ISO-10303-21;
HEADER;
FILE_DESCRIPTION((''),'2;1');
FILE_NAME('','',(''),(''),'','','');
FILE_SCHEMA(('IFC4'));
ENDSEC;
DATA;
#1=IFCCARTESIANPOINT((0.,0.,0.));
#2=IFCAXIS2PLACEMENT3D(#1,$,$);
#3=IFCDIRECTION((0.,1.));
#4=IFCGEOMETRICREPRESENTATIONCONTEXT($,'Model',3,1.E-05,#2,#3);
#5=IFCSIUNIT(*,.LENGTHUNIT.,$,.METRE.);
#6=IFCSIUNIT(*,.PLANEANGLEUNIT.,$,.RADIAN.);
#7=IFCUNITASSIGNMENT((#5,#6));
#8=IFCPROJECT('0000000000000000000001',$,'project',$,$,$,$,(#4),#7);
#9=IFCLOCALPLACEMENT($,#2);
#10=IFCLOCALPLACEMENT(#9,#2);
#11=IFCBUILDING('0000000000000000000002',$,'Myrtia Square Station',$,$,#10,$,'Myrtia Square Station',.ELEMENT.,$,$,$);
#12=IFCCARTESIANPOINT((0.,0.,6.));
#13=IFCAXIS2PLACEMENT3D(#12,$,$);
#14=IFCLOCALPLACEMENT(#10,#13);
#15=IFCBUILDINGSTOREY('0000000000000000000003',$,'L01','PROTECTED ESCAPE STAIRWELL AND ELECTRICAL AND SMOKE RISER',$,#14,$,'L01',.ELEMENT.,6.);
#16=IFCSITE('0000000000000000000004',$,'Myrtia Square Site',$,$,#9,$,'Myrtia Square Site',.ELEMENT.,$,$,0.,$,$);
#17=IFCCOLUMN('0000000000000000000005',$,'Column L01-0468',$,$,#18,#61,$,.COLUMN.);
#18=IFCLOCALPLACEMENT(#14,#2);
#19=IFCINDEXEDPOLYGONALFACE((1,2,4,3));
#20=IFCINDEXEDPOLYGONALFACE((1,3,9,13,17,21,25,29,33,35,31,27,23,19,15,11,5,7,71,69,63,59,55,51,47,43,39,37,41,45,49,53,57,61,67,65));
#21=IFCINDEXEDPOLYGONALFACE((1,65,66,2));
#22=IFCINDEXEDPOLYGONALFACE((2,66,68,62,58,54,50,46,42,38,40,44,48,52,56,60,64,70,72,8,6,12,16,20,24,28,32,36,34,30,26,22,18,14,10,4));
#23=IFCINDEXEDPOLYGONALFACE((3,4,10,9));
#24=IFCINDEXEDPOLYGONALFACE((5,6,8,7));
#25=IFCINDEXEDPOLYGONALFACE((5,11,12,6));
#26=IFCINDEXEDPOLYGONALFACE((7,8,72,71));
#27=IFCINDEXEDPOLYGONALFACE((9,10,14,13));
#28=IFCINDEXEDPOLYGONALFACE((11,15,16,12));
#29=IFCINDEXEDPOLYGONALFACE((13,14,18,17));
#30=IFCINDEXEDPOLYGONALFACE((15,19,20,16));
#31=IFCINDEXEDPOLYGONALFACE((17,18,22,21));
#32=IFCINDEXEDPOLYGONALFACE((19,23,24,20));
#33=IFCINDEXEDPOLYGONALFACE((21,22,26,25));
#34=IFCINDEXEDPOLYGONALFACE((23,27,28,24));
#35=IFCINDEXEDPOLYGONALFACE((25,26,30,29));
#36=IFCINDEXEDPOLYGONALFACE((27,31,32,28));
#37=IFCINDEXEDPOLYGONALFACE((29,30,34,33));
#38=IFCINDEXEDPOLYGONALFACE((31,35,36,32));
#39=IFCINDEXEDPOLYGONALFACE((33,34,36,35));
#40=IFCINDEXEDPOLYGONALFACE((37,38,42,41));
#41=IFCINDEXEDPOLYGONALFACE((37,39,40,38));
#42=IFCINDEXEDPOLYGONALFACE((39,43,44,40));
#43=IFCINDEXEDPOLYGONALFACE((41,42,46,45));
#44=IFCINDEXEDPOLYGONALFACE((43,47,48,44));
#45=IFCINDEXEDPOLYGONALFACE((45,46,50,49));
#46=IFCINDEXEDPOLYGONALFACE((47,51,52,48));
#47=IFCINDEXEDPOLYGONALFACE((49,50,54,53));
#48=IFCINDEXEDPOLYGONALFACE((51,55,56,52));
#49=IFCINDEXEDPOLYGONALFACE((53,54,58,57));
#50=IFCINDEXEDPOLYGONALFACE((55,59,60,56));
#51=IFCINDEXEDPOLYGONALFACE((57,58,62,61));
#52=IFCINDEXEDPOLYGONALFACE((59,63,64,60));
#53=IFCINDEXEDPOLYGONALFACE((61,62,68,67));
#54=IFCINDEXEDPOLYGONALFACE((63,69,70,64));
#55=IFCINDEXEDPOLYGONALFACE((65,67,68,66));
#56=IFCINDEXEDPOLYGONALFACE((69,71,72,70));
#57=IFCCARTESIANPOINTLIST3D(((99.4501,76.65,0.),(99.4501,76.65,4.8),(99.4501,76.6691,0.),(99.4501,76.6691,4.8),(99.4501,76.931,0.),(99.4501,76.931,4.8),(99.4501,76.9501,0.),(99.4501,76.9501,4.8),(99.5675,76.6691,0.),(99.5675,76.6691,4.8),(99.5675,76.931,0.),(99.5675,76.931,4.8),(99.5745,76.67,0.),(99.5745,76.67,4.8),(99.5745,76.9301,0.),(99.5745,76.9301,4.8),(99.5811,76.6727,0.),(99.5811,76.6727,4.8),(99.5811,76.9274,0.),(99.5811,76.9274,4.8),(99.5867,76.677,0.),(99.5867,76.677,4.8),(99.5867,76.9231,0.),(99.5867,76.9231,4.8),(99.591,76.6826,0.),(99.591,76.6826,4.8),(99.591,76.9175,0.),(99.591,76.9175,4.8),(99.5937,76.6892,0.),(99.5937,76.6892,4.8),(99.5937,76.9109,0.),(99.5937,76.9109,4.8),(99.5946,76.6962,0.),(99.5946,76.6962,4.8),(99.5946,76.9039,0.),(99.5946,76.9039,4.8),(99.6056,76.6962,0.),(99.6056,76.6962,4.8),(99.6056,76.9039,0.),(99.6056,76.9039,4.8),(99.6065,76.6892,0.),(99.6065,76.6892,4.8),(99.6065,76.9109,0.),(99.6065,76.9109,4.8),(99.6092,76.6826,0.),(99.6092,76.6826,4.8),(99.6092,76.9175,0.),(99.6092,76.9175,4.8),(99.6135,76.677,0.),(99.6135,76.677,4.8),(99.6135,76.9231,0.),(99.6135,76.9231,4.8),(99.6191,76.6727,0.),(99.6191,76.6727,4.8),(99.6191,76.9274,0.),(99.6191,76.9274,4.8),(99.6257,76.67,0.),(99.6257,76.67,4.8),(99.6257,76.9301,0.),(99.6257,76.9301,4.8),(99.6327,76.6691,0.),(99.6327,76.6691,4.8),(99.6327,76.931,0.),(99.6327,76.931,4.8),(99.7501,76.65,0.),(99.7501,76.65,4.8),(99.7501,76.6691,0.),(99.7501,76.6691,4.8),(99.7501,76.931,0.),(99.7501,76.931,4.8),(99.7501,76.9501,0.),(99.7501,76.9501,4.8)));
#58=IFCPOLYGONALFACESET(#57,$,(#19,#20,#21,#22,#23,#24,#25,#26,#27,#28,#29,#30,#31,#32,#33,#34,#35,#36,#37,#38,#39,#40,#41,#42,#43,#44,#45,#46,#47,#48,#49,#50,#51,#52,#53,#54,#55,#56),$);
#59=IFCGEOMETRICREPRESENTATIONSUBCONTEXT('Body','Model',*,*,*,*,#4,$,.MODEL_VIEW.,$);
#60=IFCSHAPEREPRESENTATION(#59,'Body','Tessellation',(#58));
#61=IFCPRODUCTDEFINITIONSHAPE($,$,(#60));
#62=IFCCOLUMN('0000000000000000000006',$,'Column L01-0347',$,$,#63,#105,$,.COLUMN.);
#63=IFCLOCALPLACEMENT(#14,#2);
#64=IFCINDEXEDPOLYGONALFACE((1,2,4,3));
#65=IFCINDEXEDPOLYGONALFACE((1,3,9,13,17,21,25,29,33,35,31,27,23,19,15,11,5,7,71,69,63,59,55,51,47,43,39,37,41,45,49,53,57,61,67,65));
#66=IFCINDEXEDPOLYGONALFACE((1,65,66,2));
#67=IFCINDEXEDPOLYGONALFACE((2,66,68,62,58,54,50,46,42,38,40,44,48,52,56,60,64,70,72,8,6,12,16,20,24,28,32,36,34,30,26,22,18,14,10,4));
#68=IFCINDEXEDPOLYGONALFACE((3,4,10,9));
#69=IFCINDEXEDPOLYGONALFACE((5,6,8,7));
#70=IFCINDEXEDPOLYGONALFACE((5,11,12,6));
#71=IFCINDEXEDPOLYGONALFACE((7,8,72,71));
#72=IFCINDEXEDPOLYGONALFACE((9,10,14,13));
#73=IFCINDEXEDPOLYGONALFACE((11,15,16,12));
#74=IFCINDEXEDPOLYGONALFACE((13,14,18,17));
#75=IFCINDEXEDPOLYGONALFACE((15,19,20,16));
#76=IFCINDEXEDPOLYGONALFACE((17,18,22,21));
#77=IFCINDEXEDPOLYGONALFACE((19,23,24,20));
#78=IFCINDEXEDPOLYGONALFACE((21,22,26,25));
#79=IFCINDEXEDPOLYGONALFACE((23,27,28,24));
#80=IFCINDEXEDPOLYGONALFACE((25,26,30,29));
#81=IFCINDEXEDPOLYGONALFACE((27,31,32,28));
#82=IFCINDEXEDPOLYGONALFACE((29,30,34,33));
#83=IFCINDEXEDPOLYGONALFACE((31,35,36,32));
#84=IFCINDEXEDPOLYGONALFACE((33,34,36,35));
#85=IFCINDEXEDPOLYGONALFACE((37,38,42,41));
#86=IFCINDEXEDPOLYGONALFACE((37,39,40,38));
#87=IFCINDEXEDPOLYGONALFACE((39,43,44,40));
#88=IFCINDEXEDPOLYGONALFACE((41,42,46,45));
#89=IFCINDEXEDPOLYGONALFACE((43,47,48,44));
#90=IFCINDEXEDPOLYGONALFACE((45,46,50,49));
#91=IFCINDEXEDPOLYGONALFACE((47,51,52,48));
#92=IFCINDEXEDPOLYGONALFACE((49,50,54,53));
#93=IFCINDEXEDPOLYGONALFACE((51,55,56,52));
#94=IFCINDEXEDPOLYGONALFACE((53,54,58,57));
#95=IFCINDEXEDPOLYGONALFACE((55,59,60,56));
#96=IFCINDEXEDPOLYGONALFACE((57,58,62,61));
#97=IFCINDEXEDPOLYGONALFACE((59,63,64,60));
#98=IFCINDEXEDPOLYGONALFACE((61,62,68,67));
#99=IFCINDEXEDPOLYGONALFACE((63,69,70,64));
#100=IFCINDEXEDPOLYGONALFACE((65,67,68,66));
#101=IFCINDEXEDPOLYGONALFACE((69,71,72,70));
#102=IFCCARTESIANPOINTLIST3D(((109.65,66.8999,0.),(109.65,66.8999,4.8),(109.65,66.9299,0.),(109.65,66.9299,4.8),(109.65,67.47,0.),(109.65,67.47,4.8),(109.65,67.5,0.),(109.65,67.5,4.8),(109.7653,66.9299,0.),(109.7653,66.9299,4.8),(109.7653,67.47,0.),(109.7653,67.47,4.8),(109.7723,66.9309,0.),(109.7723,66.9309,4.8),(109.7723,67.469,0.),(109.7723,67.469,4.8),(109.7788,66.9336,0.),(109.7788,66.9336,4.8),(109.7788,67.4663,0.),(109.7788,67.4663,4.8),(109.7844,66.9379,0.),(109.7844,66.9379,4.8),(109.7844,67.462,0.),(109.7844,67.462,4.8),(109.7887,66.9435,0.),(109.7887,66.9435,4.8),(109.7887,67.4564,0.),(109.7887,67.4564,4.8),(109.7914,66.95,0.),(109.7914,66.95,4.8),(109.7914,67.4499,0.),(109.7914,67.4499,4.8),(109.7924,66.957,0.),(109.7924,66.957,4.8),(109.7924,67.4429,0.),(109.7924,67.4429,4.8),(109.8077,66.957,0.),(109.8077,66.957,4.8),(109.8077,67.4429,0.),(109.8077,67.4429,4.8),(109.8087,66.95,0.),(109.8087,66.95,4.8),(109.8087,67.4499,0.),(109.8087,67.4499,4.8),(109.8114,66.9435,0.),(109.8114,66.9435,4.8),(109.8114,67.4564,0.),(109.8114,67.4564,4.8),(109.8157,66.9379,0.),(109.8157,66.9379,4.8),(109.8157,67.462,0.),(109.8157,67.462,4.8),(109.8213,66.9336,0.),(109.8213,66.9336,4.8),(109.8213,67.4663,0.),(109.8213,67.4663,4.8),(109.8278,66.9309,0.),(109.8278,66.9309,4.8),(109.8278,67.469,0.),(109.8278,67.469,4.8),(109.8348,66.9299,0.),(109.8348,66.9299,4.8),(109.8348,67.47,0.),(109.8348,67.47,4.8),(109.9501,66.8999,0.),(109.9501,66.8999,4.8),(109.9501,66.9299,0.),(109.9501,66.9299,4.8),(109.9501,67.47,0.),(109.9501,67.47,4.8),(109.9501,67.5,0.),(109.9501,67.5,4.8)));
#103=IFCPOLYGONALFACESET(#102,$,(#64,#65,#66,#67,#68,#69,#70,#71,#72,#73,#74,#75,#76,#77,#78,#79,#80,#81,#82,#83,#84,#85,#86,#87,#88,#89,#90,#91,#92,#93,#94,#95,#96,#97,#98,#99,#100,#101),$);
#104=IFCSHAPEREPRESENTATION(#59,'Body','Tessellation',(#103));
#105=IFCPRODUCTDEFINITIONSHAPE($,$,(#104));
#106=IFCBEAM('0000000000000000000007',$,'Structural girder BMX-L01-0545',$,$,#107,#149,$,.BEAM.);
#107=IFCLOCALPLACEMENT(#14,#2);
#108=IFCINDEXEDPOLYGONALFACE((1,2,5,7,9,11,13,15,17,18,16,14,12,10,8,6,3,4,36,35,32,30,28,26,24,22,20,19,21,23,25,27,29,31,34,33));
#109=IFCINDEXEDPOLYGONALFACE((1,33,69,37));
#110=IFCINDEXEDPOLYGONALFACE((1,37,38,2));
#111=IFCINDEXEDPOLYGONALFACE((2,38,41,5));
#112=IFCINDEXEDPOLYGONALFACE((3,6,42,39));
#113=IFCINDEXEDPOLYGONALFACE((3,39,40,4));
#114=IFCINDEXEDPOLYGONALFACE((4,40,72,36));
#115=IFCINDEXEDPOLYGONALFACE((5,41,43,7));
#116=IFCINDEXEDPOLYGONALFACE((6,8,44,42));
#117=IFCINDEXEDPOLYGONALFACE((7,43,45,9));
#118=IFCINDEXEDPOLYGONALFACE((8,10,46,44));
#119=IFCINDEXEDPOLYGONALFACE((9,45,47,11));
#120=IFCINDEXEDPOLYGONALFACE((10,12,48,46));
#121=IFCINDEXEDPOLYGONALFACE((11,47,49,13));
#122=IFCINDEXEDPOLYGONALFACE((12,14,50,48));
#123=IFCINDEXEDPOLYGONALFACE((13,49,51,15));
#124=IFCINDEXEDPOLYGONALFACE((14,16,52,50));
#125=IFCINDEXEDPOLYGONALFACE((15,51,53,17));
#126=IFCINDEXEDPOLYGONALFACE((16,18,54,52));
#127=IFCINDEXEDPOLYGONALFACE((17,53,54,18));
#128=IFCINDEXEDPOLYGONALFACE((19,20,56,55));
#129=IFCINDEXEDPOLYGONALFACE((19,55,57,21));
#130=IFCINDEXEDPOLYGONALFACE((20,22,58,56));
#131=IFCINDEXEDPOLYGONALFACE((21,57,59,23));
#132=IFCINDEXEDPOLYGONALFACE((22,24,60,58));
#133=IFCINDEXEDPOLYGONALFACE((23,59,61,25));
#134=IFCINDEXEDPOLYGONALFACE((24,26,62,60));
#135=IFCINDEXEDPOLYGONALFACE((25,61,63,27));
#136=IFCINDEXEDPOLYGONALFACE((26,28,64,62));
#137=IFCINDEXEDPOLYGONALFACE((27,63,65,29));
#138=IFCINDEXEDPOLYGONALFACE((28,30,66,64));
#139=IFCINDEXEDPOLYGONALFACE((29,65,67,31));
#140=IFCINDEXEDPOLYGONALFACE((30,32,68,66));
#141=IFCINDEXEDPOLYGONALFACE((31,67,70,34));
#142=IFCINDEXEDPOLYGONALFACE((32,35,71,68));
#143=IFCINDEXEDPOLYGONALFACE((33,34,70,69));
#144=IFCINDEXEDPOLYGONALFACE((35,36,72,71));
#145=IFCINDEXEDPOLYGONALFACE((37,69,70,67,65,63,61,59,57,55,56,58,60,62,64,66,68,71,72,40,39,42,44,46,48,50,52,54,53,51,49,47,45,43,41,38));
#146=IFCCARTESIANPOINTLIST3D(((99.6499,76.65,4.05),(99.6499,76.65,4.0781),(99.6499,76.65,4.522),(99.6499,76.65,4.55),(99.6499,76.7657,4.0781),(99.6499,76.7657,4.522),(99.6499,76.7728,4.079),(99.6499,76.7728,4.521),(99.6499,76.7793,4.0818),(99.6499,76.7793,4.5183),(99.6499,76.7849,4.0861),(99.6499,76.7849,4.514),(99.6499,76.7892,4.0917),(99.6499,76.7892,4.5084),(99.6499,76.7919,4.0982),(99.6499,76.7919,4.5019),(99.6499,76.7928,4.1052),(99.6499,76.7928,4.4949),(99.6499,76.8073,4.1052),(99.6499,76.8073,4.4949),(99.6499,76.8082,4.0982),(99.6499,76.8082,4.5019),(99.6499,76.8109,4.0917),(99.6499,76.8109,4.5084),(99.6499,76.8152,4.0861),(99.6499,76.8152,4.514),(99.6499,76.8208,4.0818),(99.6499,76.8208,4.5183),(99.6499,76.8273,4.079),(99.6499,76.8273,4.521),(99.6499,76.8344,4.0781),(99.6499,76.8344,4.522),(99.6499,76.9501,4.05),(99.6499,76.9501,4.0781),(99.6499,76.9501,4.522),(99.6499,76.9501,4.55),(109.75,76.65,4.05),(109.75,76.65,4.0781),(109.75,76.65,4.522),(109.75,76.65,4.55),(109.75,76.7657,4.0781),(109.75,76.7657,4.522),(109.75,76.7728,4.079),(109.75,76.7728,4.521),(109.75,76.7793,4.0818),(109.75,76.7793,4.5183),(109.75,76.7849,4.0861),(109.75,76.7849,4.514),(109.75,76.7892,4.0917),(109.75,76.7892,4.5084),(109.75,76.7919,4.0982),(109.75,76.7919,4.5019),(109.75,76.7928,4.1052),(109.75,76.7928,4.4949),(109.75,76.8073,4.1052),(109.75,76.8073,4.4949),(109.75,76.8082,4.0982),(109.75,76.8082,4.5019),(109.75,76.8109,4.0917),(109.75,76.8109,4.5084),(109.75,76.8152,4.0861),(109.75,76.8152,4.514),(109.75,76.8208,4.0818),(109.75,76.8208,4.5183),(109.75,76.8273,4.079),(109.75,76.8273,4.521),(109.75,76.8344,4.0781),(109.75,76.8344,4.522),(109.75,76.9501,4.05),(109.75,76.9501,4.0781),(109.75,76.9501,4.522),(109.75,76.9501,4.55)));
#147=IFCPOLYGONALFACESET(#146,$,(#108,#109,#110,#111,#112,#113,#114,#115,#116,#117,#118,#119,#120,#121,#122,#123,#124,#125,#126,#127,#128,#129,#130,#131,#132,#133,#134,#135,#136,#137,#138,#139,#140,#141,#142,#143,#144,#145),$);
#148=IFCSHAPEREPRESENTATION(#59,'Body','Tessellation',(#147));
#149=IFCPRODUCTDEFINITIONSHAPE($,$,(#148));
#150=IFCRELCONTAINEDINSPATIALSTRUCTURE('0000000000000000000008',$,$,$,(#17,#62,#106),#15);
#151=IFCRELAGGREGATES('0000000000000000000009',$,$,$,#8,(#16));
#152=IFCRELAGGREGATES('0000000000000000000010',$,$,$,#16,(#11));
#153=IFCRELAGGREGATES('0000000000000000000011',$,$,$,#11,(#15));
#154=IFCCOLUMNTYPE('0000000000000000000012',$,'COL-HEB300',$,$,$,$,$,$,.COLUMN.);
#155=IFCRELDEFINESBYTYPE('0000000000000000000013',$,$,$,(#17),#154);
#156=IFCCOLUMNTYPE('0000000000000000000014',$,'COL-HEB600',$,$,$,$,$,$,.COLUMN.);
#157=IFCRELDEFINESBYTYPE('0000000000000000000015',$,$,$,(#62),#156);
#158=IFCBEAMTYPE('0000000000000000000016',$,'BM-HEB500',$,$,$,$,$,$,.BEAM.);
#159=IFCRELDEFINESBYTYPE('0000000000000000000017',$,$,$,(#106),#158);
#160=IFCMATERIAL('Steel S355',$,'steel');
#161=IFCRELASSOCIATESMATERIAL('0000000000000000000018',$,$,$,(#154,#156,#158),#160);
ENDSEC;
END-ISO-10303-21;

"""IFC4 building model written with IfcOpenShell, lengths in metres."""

from ifc_helpers import new_model, si_unit, direction, frame, origin, origin_2d, place, context, subcontext, project, spatial, i_section, extrude, material, material_profile, profile_set, type_object, element, save


model = new_model("IFC4")

# Units and contexts
model_context = context("Model", 3, precision=1e-05, world=origin(), true_north=direction((0.0, 1.0)))
body_context = subcontext(model_context, "Body", "Model", "MODEL_VIEW")
ifc_project = project(units=[si_unit("LENGTHUNIT", "METRE"), si_unit("PLANEANGLEUNIT", "RADIAN")], contexts=[model_context])

# Site, building, storey
site_placement = place(None, origin())
site = spatial("IfcSite", under=ifc_project, at=site_placement, Name="Myrtia Square Site", LongName="Myrtia Square Site", CompositionType="ELEMENT", RefElevation=0.0)
building_placement = place(site_placement, origin())
building = spatial("IfcBuilding", under=site, at=building_placement, Name="Myrtia Square Station", LongName="Myrtia Square Station", CompositionType="ELEMENT")
storey_placement = place(building_placement, frame((0.0, 0.0, 6.0)))
storey = spatial("IfcBuildingStorey", under=building, at=storey_placement, Name="L01", Description="PROTECTED ESCAPE STAIRWELL AND ELECTRICAL AND SMOKE RISER", LongName="L01", CompositionType="ELEMENT", Elevation=6.0)

# Columns
ifc_material_1 = material(Name="Steel S355", Category="steel")
ifc_material_profile_1 = material_profile(ifc_material_1, i_section(OverallWidth=0.3, OverallDepth=0.3, WebThickness=0.011, FlangeThickness=0.019, FilletRadius=0.0271, at=origin_2d()), Name="HEB 300")
ifc_profile_set_1 = profile_set([ifc_material_profile_1], Name="Steel S355")
column_type_1 = type_object("IfcColumnType", Name="COL-HEB300", PredefinedType="COLUMN", material=ifc_profile_set_1)
column_1_placement = place(storey_placement, frame((99.6001, 76.8, 0.0), z_axis=(0.0, 0.0, 1.0), x_axis=(1.0, 0.0, 0.0)))
element("IfcColumn", 1, at=column_1_placement, inside=storey, type_object=column_type_1, Name="Column L01-0468", PredefinedType="COLUMN", context=body_context, shape_type="SweptSolid", body=[
    extrude(i_section(OverallWidth=0.3, OverallDepth=0.3, WebThickness=0.011, FlangeThickness=0.019, FilletRadius=0.0271, at=origin_2d()), origin(), (0.0, 0.0, 1.0), 4.8),
])
ifc_material_profile_2 = material_profile(ifc_material_1, i_section(OverallWidth=0.3, OverallDepth=0.6001, WebThickness=0.0154, FlangeThickness=0.03, FilletRadius=0.0271, at=origin_2d()), Name="HEB 600")
ifc_profile_set_2 = profile_set([ifc_material_profile_2], Name="Steel S355")
column_type_2 = type_object("IfcColumnType", Name="COL-HEB600", PredefinedType="COLUMN", material=ifc_profile_set_2)
column_2_placement = place(storey_placement, frame((109.8, 67.2, 0.0), z_axis=(0.0, 0.0, 1.0), x_axis=(1.0, 0.0, 0.0)))
element("IfcColumn", 2, at=column_2_placement, inside=storey, type_object=column_type_2, Name="Column L01-0347", PredefinedType="COLUMN", context=body_context, shape_type="SweptSolid", body=[
    extrude(i_section(OverallWidth=0.3, OverallDepth=0.6001, WebThickness=0.0154, FlangeThickness=0.03, FilletRadius=0.0271, at=origin_2d()), origin(), (0.0, 0.0, 1.0), 4.8),
])

# Beam
ifc_material_profile_3 = material_profile(ifc_material_1, i_section(OverallWidth=0.3, OverallDepth=0.5, WebThickness=0.0144, FlangeThickness=0.0281, FilletRadius=0.0271, at=origin_2d()), Name="HEB 500")
ifc_profile_set_3 = profile_set([ifc_material_profile_3], Name="Steel S355")
beam_type_1 = type_object("IfcBeamType", Name="BM-HEB500", PredefinedType="BEAM", material=ifc_profile_set_3)
beam_1_placement = place(storey_placement, frame((99.6499, 76.8, 4.3), z_axis=(1.0, 0.0, 0.0), x_axis=(0.0, 1.0, 0.0)))
element("IfcBeam", 3, at=beam_1_placement, inside=storey, type_object=beam_type_1, Name="Structural girder BMX-L01-0545", PredefinedType="BEAM", context=body_context, shape_type="SweptSolid", body=[
    extrude(i_section(OverallWidth=0.3, OverallDepth=0.5, WebThickness=0.0144, FlangeThickness=0.0281, FilletRadius=0.0271, at=origin_2d()), origin(), (0.0, 0.0, 1.0), 10.1001),
])

save(model, "model.ifc")
